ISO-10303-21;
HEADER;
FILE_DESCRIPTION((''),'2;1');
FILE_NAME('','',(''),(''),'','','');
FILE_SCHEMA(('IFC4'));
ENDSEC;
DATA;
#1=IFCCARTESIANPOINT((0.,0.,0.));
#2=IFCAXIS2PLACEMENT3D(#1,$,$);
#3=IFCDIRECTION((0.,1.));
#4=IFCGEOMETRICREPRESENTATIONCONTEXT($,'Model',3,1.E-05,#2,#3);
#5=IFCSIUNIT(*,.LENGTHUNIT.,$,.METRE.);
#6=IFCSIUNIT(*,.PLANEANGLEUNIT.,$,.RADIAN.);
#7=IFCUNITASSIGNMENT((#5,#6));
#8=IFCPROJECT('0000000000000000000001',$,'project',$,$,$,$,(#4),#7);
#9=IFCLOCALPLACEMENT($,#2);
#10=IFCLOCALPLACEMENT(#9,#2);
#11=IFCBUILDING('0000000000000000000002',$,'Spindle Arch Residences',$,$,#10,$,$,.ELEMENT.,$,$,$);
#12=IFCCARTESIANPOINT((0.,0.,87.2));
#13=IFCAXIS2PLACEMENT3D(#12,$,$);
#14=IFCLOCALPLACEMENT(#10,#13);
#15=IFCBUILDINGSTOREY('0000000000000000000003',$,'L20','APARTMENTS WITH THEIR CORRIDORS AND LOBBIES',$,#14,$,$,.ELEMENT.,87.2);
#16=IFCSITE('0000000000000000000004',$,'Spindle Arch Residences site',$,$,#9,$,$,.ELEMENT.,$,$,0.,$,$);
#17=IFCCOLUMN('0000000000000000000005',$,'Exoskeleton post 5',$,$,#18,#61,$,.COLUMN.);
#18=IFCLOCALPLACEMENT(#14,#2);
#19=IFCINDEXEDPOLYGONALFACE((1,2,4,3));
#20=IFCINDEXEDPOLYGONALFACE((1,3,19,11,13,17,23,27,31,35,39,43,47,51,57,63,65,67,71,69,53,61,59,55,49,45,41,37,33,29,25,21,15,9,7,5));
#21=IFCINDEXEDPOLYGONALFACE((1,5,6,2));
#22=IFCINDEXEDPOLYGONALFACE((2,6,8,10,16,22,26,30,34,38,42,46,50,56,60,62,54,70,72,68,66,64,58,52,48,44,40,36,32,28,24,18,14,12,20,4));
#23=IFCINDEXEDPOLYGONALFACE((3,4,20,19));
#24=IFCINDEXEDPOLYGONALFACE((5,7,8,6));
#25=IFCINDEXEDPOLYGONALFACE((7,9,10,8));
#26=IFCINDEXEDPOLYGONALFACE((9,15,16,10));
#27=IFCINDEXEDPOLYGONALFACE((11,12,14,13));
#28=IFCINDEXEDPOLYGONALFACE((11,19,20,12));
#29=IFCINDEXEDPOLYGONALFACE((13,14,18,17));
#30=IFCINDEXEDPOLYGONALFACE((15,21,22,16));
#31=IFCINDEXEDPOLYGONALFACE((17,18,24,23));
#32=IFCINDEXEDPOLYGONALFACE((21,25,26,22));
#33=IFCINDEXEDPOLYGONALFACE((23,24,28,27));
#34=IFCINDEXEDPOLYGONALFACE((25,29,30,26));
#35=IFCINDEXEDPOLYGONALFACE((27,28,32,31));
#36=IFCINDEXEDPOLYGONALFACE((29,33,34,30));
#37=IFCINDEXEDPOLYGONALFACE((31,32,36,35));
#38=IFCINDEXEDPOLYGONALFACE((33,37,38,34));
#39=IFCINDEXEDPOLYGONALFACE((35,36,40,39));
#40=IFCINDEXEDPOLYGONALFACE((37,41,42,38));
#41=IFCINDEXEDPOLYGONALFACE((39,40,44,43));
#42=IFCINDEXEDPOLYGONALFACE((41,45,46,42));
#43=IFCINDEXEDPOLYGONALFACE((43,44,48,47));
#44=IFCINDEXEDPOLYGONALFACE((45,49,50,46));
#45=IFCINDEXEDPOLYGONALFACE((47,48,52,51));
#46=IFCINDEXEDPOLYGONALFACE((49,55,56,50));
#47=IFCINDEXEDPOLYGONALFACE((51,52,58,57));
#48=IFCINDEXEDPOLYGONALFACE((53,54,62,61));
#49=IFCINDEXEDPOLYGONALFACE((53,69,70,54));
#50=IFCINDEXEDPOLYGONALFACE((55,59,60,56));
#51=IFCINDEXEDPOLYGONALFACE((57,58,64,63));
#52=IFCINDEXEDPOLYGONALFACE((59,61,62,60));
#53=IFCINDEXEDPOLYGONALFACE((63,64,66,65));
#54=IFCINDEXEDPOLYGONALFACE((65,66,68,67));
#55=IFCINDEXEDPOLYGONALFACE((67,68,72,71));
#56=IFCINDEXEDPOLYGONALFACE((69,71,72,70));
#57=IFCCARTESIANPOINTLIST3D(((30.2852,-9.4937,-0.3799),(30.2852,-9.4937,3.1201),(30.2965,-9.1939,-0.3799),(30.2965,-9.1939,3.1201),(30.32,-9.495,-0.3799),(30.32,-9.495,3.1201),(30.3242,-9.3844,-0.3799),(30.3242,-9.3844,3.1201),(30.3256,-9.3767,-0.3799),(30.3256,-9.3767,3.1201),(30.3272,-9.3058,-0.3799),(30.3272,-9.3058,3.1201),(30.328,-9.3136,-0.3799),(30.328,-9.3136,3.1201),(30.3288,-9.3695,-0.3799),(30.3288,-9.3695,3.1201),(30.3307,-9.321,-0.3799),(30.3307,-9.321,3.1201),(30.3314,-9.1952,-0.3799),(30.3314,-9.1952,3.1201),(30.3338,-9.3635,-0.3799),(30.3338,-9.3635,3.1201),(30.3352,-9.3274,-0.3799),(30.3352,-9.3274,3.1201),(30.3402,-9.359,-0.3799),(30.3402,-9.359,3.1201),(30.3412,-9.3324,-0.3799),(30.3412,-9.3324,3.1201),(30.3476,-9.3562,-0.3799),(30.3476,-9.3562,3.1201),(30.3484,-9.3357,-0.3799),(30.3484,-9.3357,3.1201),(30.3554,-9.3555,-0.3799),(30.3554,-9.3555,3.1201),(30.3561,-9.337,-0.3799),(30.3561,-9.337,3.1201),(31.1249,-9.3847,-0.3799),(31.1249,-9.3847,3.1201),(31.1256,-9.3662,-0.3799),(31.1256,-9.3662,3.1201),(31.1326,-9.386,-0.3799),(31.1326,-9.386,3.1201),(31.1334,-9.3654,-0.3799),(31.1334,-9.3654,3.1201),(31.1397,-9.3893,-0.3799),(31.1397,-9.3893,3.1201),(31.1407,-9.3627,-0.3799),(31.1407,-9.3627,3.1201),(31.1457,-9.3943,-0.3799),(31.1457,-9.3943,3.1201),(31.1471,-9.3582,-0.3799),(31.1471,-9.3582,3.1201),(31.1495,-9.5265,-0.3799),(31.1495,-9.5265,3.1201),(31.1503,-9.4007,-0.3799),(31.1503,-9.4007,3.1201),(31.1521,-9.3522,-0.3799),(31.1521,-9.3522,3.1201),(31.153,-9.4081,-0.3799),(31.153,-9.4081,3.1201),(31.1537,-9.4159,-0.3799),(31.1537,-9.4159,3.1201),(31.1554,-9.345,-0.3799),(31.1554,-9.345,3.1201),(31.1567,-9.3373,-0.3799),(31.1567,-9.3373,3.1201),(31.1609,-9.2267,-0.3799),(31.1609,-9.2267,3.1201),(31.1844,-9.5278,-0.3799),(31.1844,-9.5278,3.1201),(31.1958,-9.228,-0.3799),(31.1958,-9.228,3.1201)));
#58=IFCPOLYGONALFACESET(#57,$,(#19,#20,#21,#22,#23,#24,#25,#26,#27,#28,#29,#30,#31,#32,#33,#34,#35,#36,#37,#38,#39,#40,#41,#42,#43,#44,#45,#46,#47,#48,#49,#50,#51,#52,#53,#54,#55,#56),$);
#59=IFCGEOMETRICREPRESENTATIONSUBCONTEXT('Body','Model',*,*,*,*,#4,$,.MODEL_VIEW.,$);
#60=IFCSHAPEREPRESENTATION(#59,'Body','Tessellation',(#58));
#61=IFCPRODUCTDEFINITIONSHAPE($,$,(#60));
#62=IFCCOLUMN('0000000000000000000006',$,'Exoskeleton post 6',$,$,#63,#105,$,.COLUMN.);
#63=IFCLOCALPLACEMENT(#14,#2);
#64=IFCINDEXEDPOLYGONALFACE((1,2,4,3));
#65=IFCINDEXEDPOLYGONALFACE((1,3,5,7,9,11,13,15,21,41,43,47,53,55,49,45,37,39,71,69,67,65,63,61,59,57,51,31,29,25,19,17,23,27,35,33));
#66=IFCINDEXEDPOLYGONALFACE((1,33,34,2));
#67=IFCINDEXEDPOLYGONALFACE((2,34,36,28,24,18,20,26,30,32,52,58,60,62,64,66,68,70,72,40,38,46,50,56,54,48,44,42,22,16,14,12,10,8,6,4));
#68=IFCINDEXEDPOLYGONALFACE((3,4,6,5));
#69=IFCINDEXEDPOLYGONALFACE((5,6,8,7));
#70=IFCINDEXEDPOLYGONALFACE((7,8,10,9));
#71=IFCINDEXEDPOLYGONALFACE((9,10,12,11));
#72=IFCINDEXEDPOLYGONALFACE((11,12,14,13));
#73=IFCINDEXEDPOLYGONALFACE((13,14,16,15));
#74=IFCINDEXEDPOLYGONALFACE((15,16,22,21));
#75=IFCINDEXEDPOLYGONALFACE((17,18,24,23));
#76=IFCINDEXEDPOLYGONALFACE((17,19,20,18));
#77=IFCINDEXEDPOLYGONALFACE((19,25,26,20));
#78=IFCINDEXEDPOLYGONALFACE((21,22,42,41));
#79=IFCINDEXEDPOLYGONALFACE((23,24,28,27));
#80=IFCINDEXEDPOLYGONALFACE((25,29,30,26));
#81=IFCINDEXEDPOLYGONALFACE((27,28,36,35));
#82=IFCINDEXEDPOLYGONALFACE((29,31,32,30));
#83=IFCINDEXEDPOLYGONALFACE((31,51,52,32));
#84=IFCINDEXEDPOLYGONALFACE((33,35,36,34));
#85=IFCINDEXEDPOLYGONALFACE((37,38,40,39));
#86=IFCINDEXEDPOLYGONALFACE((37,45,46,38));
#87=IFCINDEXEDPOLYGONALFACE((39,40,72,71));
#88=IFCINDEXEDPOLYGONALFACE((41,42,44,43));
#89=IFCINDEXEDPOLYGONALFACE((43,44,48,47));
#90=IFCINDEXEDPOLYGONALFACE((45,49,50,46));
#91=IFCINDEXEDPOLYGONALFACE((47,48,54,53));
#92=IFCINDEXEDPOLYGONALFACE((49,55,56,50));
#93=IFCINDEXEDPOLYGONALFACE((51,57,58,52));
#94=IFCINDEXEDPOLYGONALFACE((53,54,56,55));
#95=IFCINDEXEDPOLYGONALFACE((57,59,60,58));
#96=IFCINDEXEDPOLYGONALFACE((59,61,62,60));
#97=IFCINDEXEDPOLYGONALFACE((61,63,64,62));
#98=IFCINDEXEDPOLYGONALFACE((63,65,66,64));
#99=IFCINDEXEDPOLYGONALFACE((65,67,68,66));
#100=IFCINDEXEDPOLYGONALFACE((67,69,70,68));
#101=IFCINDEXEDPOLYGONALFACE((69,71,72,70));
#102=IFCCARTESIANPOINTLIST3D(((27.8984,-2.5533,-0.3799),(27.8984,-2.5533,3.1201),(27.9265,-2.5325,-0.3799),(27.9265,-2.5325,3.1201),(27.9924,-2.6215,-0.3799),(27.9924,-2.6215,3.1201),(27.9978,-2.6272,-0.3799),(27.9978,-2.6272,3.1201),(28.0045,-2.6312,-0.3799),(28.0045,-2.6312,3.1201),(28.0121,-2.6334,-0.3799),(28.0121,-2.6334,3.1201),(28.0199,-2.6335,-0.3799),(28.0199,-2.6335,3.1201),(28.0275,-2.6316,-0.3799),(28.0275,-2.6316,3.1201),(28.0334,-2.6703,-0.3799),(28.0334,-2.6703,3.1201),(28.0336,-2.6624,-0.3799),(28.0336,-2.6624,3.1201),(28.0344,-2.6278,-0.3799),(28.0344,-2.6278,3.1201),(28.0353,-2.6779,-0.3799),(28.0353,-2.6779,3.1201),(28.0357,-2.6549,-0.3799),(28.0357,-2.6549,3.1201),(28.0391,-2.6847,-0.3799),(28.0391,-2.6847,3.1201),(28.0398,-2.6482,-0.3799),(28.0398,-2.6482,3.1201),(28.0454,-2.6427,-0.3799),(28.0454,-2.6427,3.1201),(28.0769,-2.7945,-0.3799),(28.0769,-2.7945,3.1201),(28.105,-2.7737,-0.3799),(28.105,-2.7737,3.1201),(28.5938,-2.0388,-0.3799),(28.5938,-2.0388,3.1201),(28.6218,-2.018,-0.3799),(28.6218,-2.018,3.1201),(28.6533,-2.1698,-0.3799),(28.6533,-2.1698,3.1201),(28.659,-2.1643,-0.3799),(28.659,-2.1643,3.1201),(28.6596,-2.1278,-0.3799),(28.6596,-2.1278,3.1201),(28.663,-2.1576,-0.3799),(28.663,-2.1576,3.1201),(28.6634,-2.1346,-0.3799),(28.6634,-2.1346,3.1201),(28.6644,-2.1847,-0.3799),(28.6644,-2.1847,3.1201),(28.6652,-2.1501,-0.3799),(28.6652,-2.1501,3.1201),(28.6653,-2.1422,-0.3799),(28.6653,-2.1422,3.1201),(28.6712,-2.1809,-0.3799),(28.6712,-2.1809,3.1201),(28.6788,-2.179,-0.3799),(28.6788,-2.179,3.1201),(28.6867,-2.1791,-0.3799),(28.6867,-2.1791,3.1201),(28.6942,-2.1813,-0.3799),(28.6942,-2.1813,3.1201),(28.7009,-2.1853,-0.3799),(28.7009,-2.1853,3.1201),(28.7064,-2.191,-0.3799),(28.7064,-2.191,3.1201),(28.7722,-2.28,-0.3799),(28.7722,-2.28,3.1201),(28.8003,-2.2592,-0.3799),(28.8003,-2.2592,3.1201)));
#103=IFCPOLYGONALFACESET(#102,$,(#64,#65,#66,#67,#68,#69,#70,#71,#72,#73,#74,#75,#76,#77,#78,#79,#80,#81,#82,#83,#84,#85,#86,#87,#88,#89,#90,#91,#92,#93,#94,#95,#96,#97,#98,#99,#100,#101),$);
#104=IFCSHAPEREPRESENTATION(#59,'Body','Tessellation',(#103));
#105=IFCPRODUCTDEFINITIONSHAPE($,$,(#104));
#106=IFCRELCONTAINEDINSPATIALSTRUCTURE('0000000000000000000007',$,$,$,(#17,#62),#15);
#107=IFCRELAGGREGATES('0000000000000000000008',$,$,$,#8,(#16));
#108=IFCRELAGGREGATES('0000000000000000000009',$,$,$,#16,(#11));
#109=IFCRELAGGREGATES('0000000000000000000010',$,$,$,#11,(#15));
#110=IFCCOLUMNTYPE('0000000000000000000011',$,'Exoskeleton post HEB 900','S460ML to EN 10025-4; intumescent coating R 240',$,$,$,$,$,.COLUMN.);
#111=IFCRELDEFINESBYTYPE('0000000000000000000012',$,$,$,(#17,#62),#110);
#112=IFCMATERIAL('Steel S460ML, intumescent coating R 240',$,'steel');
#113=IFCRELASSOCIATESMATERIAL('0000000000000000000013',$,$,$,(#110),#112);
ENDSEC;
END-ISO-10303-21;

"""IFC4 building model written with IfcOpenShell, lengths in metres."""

from ifc_helpers import new_model, si_unit, direction, frame, origin, origin_2d, place, context, subcontext, project, spatial, i_section, extrude, material, material_profile, profile_set, type_object, element, save


model = new_model("IFC4")

# Units and contexts
model_context = context("Model", 3, precision=1e-05, world=origin(), true_north=direction((0.0, 1.0)))
body_context = subcontext(model_context, "Body", "Model", "MODEL_VIEW")
ifc_project = project(units=[si_unit("LENGTHUNIT", "METRE"), si_unit("PLANEANGLEUNIT", "RADIAN")], contexts=[model_context])

# Site, building, storey
site_placement = place(None, origin())
site = spatial("IfcSite", under=ifc_project, at=site_placement, Name="Spindle Arch Residences site", CompositionType="ELEMENT", RefElevation=0.0)
building_placement = place(site_placement, origin())
building = spatial("IfcBuilding", under=site, at=building_placement, Name="Spindle Arch Residences", CompositionType="ELEMENT")
storey_placement = place(building_placement, frame((0.0, 0.0, 87.2)))
storey = spatial("IfcBuildingStorey", under=building, at=storey_placement, Name="L20", Description="APARTMENTS WITH THEIR CORRIDORS AND LOBBIES", CompositionType="ELEMENT", Elevation=87.2)

# Columns
ifc_material_1 = material(Name="Steel S460ML, intumescent coating R 240", Category="steel")
ifc_material_profile_1 = material_profile(ifc_material_1, i_section(OverallWidth=0.3, OverallDepth=0.8999, WebThickness=0.0186, FlangeThickness=0.0349, FilletRadius=0.03, at=origin_2d()), Name="HEB 900")
ifc_profile_set_1 = profile_set([ifc_material_profile_1], Name="Steel S460ML, intumescent coating R 240")
column_type_1 = type_object("IfcColumnType", Name="Exoskeleton post HEB 900", Description="S460ML to EN 10025-4; intumescent coating R 240", PredefinedType="COLUMN", material=ifc_profile_set_1)
for number, where, z_axis, x_axis, name in (
    (1, (30.7405, -9.3608, -0.3799), (0.0, 0.0, 1.0), (-0.037924, -0.999281, 0.0), "Exoskeleton post 5"),
    (2, (28.3494, -2.4062, -0.3799), (0.0, 0.0, 1.0), (0.594823, -0.803857, 0.0), "Exoskeleton post 6"),
):
    element("IfcColumn", number, at=place(storey_placement, frame(where, z_axis=z_axis, x_axis=x_axis)), inside=storey, type_object=column_type_1, Name=name, PredefinedType="COLUMN", context=body_context, shape_type="SweptSolid", body=[
        extrude(i_section(OverallWidth=0.3, OverallDepth=0.8999, WebThickness=0.0186, FlangeThickness=0.0349, FilletRadius=0.03, at=origin_2d()), origin(), (0.0, 0.0, 1.0), 3.5),
    ])

save(model, "model.ifc")
